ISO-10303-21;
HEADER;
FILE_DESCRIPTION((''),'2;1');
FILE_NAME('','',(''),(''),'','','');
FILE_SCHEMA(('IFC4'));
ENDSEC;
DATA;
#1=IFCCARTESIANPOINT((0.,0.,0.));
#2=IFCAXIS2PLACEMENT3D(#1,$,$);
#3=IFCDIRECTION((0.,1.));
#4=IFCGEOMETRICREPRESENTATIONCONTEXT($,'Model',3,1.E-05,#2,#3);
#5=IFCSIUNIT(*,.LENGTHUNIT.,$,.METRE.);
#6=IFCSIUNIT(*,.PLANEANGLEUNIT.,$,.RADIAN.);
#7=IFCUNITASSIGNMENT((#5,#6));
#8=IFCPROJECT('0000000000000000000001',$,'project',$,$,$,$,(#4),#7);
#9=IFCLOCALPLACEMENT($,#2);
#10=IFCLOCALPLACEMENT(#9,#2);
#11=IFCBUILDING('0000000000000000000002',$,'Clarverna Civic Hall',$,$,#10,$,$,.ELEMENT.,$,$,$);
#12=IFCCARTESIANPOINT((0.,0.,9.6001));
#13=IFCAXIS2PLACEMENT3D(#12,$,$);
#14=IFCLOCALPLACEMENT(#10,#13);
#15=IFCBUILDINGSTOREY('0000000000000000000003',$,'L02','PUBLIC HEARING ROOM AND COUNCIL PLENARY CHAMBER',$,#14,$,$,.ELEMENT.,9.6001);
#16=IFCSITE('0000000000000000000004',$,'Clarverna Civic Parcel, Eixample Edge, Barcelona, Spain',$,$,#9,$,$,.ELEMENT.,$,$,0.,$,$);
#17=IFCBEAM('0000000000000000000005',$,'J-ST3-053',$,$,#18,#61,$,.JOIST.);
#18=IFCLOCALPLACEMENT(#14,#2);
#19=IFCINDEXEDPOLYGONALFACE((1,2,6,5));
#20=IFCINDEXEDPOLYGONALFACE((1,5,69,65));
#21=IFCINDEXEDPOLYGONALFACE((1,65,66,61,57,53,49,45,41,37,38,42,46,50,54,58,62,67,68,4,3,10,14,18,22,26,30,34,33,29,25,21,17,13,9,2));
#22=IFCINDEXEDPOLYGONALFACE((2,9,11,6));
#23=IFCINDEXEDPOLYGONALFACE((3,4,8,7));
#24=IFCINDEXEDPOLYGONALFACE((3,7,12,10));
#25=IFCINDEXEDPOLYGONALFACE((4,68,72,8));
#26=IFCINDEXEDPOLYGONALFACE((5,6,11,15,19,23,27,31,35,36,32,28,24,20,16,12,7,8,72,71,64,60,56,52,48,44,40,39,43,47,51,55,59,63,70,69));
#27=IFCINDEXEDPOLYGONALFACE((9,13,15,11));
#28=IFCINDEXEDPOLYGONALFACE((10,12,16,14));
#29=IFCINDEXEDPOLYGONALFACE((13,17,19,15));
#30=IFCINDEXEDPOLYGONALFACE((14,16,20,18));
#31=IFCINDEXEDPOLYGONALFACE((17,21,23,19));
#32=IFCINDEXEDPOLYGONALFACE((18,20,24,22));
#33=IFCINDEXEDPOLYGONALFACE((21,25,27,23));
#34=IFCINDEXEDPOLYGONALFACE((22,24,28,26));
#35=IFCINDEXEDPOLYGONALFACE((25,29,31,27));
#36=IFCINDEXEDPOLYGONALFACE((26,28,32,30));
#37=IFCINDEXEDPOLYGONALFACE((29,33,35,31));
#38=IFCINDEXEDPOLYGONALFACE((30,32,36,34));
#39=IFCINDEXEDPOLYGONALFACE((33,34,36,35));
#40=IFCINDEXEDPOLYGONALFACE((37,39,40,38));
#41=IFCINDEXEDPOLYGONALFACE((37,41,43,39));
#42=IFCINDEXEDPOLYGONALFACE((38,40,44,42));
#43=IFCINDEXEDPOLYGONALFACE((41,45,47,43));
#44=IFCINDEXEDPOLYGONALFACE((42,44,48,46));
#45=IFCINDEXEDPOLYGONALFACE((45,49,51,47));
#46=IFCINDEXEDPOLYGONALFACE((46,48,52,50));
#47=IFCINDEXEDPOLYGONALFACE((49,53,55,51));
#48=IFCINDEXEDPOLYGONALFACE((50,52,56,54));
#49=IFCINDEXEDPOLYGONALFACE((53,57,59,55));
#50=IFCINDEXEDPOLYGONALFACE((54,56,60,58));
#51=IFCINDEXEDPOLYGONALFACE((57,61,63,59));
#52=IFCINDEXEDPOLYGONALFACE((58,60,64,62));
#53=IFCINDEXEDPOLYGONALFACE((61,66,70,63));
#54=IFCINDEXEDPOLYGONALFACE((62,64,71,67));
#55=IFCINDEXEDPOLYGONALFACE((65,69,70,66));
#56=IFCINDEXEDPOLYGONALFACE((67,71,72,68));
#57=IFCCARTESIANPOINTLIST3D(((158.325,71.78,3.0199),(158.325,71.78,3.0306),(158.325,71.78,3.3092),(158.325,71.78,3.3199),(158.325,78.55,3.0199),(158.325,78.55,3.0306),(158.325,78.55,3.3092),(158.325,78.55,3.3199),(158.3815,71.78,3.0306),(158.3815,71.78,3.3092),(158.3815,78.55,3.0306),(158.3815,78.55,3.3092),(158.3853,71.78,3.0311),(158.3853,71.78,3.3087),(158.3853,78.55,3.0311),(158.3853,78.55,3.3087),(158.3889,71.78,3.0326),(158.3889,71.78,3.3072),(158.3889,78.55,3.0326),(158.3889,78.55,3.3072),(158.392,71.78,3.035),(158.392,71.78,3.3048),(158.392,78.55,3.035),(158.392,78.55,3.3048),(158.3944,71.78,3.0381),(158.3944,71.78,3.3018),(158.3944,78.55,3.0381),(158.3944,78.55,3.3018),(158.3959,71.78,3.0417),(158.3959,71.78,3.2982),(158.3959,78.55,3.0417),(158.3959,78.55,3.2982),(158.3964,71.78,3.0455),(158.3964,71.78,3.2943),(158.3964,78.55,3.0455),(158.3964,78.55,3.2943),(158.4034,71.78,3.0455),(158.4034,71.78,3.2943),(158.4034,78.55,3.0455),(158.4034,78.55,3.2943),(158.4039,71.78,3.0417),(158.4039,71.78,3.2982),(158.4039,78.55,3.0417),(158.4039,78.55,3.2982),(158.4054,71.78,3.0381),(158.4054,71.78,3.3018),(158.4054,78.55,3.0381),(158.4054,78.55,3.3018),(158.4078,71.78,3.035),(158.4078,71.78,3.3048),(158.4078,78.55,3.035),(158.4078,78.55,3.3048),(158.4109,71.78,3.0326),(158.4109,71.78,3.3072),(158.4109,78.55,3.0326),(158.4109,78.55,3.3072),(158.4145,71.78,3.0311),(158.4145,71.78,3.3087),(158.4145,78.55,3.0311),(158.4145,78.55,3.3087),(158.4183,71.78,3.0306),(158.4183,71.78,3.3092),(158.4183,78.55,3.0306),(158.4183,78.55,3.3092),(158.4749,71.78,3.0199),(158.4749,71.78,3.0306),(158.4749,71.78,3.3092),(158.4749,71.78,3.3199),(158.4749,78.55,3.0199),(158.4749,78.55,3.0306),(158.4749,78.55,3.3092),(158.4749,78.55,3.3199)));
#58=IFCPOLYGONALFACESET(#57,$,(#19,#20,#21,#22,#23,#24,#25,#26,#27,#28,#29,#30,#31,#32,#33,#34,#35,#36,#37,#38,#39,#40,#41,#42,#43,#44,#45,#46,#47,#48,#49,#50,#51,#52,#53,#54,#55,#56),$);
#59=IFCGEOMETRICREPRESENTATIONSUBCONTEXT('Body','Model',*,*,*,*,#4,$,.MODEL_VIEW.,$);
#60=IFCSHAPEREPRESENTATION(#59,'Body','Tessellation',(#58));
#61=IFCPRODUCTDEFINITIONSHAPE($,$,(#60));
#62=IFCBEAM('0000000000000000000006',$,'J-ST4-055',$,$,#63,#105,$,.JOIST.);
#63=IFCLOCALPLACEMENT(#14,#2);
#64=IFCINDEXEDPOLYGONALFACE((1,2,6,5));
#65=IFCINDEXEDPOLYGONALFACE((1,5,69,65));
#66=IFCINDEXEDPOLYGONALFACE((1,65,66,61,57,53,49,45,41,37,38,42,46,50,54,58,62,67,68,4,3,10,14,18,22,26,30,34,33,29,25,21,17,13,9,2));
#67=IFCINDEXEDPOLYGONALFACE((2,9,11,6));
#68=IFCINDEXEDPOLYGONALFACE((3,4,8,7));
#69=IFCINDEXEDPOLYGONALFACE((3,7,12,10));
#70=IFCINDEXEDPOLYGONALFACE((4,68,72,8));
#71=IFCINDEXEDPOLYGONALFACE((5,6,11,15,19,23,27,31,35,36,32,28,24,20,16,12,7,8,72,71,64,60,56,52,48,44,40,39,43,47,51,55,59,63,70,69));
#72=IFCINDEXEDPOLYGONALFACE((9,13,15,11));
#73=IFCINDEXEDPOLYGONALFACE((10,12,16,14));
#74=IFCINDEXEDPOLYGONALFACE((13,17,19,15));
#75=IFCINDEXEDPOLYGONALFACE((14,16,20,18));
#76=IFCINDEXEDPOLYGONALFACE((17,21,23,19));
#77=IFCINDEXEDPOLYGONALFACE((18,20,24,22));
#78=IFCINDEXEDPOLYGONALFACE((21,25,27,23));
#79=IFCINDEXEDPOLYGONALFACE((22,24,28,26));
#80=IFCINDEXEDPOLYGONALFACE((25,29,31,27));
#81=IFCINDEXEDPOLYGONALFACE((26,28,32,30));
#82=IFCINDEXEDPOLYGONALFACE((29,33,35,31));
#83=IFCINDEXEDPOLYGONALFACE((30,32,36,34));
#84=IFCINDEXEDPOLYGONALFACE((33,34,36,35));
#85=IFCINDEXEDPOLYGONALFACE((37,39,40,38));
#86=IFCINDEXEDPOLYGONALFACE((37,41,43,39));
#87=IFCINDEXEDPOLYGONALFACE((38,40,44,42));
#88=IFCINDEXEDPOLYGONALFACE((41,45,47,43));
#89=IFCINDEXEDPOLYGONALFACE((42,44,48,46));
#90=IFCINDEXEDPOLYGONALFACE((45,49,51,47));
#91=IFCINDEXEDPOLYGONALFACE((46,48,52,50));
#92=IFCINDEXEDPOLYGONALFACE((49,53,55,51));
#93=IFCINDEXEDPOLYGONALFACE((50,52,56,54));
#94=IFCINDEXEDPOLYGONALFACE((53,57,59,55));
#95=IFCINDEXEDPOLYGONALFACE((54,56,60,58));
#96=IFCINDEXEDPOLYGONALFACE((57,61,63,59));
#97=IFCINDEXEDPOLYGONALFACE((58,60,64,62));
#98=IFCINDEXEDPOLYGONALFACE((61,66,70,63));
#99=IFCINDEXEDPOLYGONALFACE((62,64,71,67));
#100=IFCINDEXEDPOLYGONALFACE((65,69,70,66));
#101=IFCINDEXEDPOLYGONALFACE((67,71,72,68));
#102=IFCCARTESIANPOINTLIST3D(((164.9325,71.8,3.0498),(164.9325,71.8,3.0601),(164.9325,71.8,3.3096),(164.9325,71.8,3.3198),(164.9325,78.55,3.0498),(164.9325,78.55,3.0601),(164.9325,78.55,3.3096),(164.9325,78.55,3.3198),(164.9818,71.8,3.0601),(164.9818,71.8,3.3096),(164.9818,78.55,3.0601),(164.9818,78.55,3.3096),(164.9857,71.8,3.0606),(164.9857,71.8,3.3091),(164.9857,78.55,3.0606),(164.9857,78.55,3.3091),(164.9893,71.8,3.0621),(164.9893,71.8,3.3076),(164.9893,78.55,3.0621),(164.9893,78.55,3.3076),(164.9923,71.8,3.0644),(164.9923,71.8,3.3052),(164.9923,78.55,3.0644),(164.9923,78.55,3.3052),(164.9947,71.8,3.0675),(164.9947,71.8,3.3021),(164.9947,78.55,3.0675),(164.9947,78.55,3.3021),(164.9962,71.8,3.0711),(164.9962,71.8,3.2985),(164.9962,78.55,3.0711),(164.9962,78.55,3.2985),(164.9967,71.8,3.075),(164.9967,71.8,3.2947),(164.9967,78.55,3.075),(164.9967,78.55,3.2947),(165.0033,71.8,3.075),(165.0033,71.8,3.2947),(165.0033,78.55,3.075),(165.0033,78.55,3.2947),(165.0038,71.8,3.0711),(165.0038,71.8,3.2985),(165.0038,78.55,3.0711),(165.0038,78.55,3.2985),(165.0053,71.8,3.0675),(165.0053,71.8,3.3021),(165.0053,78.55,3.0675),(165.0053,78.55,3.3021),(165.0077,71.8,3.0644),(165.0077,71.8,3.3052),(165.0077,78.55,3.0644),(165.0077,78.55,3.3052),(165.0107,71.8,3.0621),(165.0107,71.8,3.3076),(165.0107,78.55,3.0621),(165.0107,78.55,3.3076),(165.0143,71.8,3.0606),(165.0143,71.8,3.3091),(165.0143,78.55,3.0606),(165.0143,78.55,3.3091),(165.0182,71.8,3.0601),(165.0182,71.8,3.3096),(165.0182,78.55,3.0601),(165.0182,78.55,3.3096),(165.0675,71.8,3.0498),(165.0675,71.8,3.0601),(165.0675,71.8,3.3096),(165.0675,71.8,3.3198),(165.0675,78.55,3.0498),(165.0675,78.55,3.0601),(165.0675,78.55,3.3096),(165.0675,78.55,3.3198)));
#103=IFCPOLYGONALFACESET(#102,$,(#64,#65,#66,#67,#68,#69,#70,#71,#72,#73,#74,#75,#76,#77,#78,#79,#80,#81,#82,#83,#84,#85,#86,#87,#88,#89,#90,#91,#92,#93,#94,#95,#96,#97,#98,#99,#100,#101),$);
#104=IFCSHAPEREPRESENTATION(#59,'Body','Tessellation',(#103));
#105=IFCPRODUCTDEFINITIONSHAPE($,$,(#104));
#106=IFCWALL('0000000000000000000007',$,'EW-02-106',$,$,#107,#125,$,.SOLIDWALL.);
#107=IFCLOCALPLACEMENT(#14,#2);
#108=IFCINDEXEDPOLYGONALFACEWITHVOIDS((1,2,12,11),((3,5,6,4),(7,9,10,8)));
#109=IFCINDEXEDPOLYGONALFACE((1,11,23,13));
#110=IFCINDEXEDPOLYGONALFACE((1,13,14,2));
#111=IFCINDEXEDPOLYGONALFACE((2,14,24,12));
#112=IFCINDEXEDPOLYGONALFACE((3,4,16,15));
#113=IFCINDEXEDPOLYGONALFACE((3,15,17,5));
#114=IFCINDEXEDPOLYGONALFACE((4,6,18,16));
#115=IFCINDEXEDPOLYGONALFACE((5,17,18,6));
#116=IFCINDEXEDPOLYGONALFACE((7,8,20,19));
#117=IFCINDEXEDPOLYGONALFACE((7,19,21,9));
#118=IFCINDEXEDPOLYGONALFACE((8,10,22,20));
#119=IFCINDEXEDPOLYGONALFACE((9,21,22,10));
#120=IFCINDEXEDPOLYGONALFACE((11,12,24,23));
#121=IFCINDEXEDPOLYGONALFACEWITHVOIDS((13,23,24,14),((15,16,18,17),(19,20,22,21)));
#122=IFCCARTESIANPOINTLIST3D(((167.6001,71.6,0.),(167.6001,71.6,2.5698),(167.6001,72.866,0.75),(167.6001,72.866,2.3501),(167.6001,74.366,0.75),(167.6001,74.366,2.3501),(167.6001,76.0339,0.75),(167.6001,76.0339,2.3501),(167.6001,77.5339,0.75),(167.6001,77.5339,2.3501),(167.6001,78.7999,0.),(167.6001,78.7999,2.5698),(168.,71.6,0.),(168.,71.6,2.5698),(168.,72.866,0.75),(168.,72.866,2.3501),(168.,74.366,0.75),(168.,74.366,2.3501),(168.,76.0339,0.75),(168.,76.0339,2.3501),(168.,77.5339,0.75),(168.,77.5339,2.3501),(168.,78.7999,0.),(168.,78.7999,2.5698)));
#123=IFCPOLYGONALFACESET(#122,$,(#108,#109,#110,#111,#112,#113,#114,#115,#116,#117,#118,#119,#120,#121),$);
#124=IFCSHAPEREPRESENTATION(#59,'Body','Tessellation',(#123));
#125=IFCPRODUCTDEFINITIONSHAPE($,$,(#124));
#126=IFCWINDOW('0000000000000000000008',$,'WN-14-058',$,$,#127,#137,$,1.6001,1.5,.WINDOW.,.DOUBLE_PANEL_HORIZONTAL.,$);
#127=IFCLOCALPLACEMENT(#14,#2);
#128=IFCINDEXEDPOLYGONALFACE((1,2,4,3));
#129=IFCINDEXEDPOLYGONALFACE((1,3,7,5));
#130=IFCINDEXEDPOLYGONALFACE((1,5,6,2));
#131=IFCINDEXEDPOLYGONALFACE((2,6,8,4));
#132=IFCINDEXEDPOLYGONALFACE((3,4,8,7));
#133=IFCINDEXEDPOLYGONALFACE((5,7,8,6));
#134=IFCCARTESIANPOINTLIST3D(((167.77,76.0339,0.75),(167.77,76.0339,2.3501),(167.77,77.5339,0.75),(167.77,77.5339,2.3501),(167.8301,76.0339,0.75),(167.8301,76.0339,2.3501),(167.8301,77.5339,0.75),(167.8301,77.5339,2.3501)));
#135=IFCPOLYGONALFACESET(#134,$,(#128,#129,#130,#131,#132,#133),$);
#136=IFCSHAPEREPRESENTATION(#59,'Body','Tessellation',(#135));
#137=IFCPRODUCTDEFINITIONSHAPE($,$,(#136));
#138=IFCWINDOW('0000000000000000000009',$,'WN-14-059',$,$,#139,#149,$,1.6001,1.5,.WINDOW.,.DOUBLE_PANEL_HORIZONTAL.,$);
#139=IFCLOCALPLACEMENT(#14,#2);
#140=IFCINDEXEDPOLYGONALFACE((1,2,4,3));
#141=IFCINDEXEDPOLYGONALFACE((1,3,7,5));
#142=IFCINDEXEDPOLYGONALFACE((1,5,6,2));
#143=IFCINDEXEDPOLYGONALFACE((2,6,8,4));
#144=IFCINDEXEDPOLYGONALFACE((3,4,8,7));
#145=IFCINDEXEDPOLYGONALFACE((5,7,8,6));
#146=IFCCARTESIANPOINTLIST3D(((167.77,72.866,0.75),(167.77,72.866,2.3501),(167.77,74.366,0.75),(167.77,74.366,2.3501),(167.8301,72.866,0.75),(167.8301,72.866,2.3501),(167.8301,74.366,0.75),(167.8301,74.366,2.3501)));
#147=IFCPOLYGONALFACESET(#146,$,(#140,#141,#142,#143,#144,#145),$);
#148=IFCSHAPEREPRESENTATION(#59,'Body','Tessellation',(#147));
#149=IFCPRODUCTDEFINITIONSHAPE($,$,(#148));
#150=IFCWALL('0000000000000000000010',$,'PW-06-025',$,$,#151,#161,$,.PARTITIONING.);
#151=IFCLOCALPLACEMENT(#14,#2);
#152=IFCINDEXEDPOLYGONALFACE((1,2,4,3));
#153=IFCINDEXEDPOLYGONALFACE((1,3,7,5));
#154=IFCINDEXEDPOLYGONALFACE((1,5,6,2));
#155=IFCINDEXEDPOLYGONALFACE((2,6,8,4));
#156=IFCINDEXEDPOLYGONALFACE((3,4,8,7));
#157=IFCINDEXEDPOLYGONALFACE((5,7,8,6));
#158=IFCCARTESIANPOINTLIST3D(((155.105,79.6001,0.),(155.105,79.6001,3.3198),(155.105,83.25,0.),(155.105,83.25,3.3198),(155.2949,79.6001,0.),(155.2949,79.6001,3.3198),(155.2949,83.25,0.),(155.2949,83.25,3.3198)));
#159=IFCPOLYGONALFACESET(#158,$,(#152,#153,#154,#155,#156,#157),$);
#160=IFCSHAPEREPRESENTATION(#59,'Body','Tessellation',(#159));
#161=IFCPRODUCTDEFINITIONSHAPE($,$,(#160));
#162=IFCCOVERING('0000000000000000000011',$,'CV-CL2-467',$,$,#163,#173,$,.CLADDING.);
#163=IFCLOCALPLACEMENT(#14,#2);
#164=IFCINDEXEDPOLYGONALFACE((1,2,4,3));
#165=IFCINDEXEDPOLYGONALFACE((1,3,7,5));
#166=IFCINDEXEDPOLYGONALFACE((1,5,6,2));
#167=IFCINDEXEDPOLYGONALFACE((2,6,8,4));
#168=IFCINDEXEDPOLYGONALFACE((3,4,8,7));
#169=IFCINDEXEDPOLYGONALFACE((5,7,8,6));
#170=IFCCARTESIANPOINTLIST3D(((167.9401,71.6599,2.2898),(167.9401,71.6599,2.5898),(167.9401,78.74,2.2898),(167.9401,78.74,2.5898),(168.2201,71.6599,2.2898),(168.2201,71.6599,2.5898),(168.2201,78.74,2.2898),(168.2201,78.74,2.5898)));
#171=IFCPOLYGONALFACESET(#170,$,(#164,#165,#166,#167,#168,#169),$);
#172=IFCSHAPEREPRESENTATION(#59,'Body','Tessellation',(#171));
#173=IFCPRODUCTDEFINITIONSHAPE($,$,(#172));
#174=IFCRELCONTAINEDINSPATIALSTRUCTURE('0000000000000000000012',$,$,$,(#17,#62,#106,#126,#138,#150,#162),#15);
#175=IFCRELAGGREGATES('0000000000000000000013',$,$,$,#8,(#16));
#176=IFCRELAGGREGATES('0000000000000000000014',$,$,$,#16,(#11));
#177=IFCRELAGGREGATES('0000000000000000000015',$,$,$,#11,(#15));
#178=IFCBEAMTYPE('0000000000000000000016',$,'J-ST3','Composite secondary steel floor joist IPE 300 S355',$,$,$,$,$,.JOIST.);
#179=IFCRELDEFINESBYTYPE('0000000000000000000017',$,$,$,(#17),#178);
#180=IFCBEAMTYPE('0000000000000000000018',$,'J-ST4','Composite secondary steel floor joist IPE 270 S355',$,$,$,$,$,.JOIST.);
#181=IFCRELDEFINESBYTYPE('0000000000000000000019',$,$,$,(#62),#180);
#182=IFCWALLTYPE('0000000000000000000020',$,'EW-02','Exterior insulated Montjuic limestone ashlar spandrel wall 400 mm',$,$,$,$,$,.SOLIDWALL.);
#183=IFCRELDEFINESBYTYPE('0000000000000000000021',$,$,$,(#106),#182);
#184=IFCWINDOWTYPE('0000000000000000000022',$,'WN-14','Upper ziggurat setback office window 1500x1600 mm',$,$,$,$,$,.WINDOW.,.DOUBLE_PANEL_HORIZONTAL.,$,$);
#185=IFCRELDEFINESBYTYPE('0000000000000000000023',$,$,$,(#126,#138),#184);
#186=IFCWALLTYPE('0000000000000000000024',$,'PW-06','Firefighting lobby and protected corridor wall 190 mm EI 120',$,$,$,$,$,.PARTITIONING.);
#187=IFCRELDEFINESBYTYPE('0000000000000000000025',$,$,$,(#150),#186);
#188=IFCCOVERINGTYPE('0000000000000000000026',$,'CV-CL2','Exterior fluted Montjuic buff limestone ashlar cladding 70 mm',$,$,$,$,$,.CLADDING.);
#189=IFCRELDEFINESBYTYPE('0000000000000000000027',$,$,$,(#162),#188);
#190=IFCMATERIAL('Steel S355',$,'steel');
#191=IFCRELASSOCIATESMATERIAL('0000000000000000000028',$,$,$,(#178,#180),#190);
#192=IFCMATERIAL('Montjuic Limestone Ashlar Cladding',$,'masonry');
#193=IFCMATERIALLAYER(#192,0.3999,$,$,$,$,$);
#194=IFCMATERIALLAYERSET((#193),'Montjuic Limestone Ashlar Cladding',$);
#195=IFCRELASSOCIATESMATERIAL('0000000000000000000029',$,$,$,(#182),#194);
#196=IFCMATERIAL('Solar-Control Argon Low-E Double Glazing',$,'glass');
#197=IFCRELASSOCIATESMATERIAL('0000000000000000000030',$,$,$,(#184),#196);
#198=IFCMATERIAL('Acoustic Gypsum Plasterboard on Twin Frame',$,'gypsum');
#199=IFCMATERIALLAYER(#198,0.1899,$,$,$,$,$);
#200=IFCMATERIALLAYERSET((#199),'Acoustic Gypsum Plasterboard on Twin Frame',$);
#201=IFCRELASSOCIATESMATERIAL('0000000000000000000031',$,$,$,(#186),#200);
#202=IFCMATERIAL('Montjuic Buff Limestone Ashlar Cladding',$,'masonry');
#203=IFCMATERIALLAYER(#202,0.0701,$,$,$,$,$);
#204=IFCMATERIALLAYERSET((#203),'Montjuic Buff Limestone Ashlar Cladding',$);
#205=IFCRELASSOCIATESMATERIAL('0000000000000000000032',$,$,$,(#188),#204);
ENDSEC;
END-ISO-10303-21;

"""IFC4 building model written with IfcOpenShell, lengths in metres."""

from ifc_helpers import new_model, si_unit, direction, frame, frame_2d, origin, origin_2d, place, context, subcontext, project, spatial, rectangle, i_section, extrude, material, layer, layer_set, material_profile, profile_set, type_object, element, fill, save


model = new_model("IFC4")

# Units and contexts
model_context = context("Model", 3, precision=1e-05, world=origin(), true_north=direction((0.0, 1.0)))
body_context = subcontext(model_context, "Body", "Model", "MODEL_VIEW")
ifc_project = project(units=[si_unit("LENGTHUNIT", "METRE"), si_unit("PLANEANGLEUNIT", "RADIAN")], contexts=[model_context])

# Site, building, storey
site_placement = place(None, origin())
site = spatial("IfcSite", under=ifc_project, at=site_placement, Name="Clarverna Civic Parcel, Eixample Edge, Barcelona, Spain", CompositionType="ELEMENT", RefElevation=0.0)
building_placement = place(site_placement, origin())
building = spatial("IfcBuilding", under=site, at=building_placement, Name="Clarverna Civic Hall", CompositionType="ELEMENT")
storey_placement = place(building_placement, frame((0.0, 0.0, 9.6001)))
storey = spatial("IfcBuildingStorey", under=building, at=storey_placement, Name="L02", Description="PUBLIC HEARING ROOM AND COUNCIL PLENARY CHAMBER", CompositionType="ELEMENT", Elevation=9.6001)

# Beams
ifc_material_1 = material(Name="Steel S355", Category="steel")
ifc_material_profile_1 = material_profile(ifc_material_1, i_section(OverallWidth=0.1499, OverallDepth=0.3, WebThickness=0.0071, FlangeThickness=0.0107, FilletRadius=0.0149, at=origin_2d()), Name="IPE 300")
ifc_profile_set_1 = profile_set([ifc_material_profile_1], Name="Steel S355")
beam_type_1 = type_object("IfcBeamType", Name="J-ST3", Description="Composite secondary steel floor joist IPE 300 S355", PredefinedType="JOIST", material=ifc_profile_set_1)
beam_1_placement = place(storey_placement, frame((158.3999, 71.78, 3.1699), z_axis=(0.0, 1.0, 0.0), x_axis=(-1.0, 0.0, 0.0)))
element("IfcBeam", 1, at=beam_1_placement, inside=storey, type_object=beam_type_1, Name="J-ST3-053", PredefinedType="JOIST", context=body_context, shape_type="SweptSolid", body=[
    extrude(i_section(OverallWidth=0.1499, OverallDepth=0.3, WebThickness=0.0071, FlangeThickness=0.0107, FilletRadius=0.0149, at=origin_2d()), origin(), (0.0, 0.0, 1.0), 6.77),
])
ifc_material_profile_2 = material_profile(ifc_material_1, i_section(OverallWidth=0.135, OverallDepth=0.27, WebThickness=0.0066, FlangeThickness=0.0103, FilletRadius=0.0149, at=origin_2d()), Name="IPE 270")
ifc_profile_set_2 = profile_set([ifc_material_profile_2], Name="Steel S355")
beam_type_2 = type_object("IfcBeamType", Name="J-ST4", Description="Composite secondary steel floor joist IPE 270 S355", PredefinedType="JOIST", material=ifc_profile_set_2)
beam_2_placement = place(storey_placement, frame((165.0, 71.8, 3.1848), z_axis=(0.0, 1.0, 0.0), x_axis=(-1.0, 0.0, 0.0)))
element("IfcBeam", 2, at=beam_2_placement, inside=storey, type_object=beam_type_2, Name="J-ST4-055", PredefinedType="JOIST", context=body_context, shape_type="SweptSolid", body=[
    extrude(i_section(OverallWidth=0.135, OverallDepth=0.27, WebThickness=0.0066, FlangeThickness=0.0103, FilletRadius=0.0149, at=origin_2d()), origin(), (0.0, 0.0, 1.0), 6.75),
])

# Wall, openings, windows
ifc_material_2 = material(Name="Montjuic Limestone Ashlar Cladding", Category="masonry")
ifc_layer_1 = layer(ifc_material_2, 0.3999)
ifc_layer_set_1 = layer_set([ifc_layer_1], Name="Montjuic Limestone Ashlar Cladding")
wall_type_1 = type_object("IfcWallType", Name="EW-02", Description="Exterior insulated Montjuic limestone ashlar spandrel wall 400 mm", PredefinedType="SOLIDWALL", material=ifc_layer_set_1)
wall_1_placement = place(storey_placement, frame((167.8, 78.8, 0.0), z_axis=(0.0, 0.0, 1.0), x_axis=(0.0, -1.0, 0.0)))
wall_1 = element("IfcWall", 3, at=wall_1_placement, inside=storey, type_object=wall_type_1, Name="EW-02-106", PredefinedType="SOLIDWALL", context=body_context, shape_type="SweptSolid", body=[
    extrude(rectangle(XDim=7.2, YDim=0.3999, at=frame_2d((3.6001, 0.0))), origin(), (0.0, 0.0, 1.0), 2.5698),
])
opening_1_placement = place(wall_1_placement, frame((1.2661, 0.0, 0.75)))
opening_1 = element("IfcOpeningElement", 4, at=opening_1_placement, cuts=wall_1, PredefinedType="OPENING", context=body_context, shape_type="SweptSolid", body=[
    extrude(rectangle(XDim=1.5, YDim=1.6001, at=frame_2d((0.75, 0.8))), frame((0.0, 0.21, 0.0), z_axis=(0.0, -1.0, 0.0), x_axis=(1.0, 0.0, 0.0)), (0.0, 0.0, 1.0), 0.4199),
])
opening_2_placement = place(wall_1_placement, frame((4.4341, 0.0, 0.75)))
opening_2 = element("IfcOpeningElement", 5, at=opening_2_placement, cuts=wall_1, PredefinedType="OPENING", context=body_context, shape_type="SweptSolid", body=[
    extrude(rectangle(XDim=1.5, YDim=1.6001, at=frame_2d((0.75, 0.8))), frame((0.0, 0.21, 0.0), z_axis=(0.0, -1.0, 0.0), x_axis=(1.0, 0.0, 0.0)), (0.0, 0.0, 1.0), 0.4199),
])
ifc_material_3 = material(Name="Solar-Control Argon Low-E Double Glazing", Category="glass")
window_type = type_object("IfcWindowType", Name="WN-14", Description="Upper ziggurat setback office window 1500x1600 mm", PartitioningType="DOUBLE_PANEL_HORIZONTAL", PredefinedType="WINDOW", material=ifc_material_3)
window_1_placement = place(opening_1_placement, origin())
window_1 = element("IfcWindow", 6, at=window_1_placement, inside=storey, type_object=window_type, Name="WN-14-058", OverallHeight=1.6001, OverallWidth=1.5, PartitioningType="DOUBLE_PANEL_HORIZONTAL", PredefinedType="WINDOW", context=body_context, shape_type="SweptSolid", body=[
    extrude(rectangle(XDim=1.5, YDim=1.6001, at=frame_2d((0.75, 0.8))), frame((0.0, 0.03, 0.0), z_axis=(0.0, -1.0, 0.0), x_axis=(1.0, 0.0, 0.0)), (0.0, 0.0, 1.0), 0.0601),
])
fill(opening_1, window_1)
window_2_placement = place(opening_2_placement, origin())
window_2 = element("IfcWindow", 7, at=window_2_placement, inside=storey, type_object=window_type, Name="WN-14-059", OverallHeight=1.6001, OverallWidth=1.5, PartitioningType="DOUBLE_PANEL_HORIZONTAL", PredefinedType="WINDOW", context=body_context, shape_type="SweptSolid", body=[
    extrude(rectangle(XDim=1.5, YDim=1.6001, at=frame_2d((0.75, 0.8))), frame((0.0, 0.03, 0.0), z_axis=(0.0, -1.0, 0.0), x_axis=(1.0, 0.0, 0.0)), (0.0, 0.0, 1.0), 0.0601),
])
fill(opening_2, window_2)

# Wall
ifc_material_4 = material(Name="Acoustic Gypsum Plasterboard on Twin Frame", Category="gypsum")
ifc_layer_2 = layer(ifc_material_4, 0.1899)
ifc_layer_set_2 = layer_set([ifc_layer_2], Name="Acoustic Gypsum Plasterboard on Twin Frame")
wall_type_2 = type_object("IfcWallType", Name="PW-06", Description="Firefighting lobby and protected corridor wall 190 mm EI 120", PredefinedType="PARTITIONING", material=ifc_layer_set_2)
wall_2_placement = place(storey_placement, frame((155.2, 79.6001, 0.0), z_axis=(0.0, 0.0, 1.0), x_axis=(0.0, 1.0, 0.0)))
element("IfcWall", 8, at=wall_2_placement, inside=storey, type_object=wall_type_2, Name="PW-06-025", PredefinedType="PARTITIONING", context=body_context, shape_type="SweptSolid", body=[
    extrude(rectangle(XDim=3.6499, YDim=0.1899, at=frame_2d((1.825, 0.0))), origin(), (0.0, 0.0, 1.0), 3.3198),
])

# Covering
ifc_material_5 = material(Name="Montjuic Buff Limestone Ashlar Cladding", Category="masonry")
ifc_layer_3 = layer(ifc_material_5, 0.0701)
ifc_layer_set_3 = layer_set([ifc_layer_3], Name="Montjuic Buff Limestone Ashlar Cladding")
covering_type = type_object("IfcCoveringType", Name="CV-CL2", Description="Exterior fluted Montjuic buff limestone ashlar cladding 70 mm", PredefinedType="CLADDING", material=ifc_layer_set_3)
covering_placement = place(storey_placement, frame((168.0801, 78.74, 2.2898), z_axis=(0.0, 0.0, 1.0), x_axis=(0.0, -1.0, 0.0)))
element("IfcCovering", 9, at=covering_placement, inside=storey, type_object=covering_type, Name="CV-CL2-467", PredefinedType="CLADDING", context=body_context, shape_type="SweptSolid", body=[
    extrude(rectangle(XDim=7.0801, YDim=0.28, at=frame_2d((3.54, 0.0))), origin(), (0.0, 0.0, 1.0), 0.3),
])

save(model, "model.ifc")
